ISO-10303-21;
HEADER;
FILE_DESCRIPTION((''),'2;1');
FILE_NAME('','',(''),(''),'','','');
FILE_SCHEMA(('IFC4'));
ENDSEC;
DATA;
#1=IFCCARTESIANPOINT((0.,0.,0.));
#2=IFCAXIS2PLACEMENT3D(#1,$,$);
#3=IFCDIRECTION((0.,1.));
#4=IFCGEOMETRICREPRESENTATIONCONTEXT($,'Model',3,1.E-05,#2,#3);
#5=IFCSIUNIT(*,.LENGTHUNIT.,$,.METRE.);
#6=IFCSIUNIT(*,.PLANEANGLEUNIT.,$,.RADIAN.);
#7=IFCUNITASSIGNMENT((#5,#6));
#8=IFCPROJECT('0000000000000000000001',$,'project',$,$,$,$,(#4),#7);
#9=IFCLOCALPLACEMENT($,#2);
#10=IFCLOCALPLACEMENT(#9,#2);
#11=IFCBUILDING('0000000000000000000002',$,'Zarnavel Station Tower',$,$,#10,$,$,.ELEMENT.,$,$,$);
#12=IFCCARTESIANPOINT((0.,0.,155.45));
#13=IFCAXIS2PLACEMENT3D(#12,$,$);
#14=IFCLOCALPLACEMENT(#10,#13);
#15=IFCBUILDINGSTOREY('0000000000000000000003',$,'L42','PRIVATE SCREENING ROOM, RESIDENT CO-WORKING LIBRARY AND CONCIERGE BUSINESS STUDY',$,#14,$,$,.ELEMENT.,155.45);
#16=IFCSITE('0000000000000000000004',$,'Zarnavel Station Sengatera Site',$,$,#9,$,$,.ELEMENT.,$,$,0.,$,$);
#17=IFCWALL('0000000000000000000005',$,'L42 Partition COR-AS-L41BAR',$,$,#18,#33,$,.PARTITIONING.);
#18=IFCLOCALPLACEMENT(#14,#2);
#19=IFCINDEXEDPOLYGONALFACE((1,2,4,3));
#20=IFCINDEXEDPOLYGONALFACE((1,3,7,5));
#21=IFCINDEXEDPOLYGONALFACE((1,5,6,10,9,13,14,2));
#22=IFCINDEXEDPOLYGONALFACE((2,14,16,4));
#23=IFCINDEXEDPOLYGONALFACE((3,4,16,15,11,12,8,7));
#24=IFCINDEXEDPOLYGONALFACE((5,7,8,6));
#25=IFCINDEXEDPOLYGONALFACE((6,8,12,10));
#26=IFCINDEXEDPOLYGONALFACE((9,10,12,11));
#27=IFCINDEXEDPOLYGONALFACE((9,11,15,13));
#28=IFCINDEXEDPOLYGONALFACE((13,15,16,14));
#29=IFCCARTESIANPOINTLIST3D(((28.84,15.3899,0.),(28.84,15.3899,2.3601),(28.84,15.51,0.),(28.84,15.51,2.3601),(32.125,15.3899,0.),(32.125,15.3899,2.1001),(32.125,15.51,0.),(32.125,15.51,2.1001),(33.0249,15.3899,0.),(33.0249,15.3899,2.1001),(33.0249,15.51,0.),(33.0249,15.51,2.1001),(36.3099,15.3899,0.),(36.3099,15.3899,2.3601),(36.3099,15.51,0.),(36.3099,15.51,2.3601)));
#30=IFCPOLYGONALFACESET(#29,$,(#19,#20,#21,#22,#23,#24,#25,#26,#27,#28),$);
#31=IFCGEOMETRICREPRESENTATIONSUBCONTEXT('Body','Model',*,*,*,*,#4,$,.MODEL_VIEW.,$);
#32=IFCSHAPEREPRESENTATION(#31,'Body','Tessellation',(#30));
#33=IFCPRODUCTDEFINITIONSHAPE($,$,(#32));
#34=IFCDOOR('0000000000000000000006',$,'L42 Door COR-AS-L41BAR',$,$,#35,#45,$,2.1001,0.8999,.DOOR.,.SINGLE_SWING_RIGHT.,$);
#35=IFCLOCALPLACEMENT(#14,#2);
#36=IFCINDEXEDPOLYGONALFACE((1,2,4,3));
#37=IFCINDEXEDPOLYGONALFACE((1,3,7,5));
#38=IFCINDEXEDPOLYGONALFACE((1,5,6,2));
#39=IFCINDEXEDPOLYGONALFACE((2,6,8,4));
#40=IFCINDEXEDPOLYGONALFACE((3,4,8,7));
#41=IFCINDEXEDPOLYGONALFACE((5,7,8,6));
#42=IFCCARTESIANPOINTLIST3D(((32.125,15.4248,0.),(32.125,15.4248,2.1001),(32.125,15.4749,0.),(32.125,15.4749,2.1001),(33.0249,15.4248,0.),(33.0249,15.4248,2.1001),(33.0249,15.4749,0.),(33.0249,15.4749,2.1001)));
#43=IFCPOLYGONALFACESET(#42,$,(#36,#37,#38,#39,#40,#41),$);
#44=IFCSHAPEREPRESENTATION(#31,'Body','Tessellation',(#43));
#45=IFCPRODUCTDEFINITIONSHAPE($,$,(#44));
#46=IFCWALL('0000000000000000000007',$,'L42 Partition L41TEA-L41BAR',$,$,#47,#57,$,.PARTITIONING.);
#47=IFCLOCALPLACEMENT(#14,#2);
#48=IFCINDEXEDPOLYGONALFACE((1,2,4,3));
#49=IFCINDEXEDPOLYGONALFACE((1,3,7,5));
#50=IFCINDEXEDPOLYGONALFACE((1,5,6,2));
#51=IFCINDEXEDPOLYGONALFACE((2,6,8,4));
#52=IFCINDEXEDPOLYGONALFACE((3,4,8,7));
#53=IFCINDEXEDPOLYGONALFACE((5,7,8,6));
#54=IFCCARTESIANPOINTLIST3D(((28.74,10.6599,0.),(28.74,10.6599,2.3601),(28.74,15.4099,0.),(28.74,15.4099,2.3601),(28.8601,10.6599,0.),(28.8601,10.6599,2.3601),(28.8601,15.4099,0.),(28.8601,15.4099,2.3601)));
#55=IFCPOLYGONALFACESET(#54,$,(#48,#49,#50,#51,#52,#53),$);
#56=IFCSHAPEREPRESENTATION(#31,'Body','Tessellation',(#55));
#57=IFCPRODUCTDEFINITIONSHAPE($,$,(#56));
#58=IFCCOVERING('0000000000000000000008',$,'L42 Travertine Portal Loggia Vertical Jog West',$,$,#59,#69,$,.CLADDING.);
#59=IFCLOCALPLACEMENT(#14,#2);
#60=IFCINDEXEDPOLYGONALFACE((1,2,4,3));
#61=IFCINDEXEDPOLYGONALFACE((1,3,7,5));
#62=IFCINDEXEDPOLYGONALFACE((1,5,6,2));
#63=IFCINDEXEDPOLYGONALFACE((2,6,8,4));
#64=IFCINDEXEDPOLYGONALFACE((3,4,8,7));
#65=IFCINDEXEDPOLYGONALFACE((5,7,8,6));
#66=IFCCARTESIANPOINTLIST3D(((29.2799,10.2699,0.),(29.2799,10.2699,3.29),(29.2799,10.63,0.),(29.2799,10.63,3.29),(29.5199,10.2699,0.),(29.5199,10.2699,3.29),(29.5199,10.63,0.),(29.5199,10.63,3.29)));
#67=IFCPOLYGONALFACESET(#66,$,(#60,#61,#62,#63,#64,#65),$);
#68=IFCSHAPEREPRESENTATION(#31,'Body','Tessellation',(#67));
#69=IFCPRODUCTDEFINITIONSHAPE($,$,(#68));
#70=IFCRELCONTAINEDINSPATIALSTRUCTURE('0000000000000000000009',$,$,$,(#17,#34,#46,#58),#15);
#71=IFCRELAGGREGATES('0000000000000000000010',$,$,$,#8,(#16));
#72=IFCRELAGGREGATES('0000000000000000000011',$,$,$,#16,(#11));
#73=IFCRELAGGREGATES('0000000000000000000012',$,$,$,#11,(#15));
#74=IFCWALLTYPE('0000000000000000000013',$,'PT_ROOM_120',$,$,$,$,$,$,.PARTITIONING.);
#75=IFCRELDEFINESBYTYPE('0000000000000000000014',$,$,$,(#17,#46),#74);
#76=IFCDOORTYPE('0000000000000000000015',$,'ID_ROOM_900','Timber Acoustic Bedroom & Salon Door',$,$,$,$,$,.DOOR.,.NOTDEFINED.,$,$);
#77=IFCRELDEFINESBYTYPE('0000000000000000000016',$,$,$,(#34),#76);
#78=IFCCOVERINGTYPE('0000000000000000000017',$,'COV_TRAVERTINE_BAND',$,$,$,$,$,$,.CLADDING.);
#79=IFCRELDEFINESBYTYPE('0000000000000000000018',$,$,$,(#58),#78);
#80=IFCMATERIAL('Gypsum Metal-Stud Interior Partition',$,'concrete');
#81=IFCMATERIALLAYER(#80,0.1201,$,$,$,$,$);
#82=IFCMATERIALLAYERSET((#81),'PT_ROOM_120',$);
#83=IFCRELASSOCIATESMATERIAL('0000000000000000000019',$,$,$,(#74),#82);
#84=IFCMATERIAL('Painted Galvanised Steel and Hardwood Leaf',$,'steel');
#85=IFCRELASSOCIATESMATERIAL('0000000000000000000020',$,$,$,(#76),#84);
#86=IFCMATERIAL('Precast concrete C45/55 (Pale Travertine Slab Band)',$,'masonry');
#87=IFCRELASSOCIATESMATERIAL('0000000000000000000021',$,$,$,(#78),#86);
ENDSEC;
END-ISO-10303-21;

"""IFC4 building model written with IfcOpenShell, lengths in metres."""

from ifc_helpers import new_model, si_unit, direction, frame, frame_2d, origin, origin_2d, place, context, subcontext, project, spatial, rectangle, extrude, material, layer, layer_set, type_object, element, fill, save


model = new_model("IFC4")

# Units and contexts
model_context = context("Model", 3, precision=1e-05, world=origin(), true_north=direction((0.0, 1.0)))
body_context = subcontext(model_context, "Body", "Model", "MODEL_VIEW")
ifc_project = project(units=[si_unit("LENGTHUNIT", "METRE"), si_unit("PLANEANGLEUNIT", "RADIAN")], contexts=[model_context])

# Site, building, storey
site_placement = place(None, origin())
site = spatial("IfcSite", under=ifc_project, at=site_placement, Name="Zarnavel Station Sengatera Site", CompositionType="ELEMENT", RefElevation=0.0)
building_placement = place(site_placement, origin())
building = spatial("IfcBuilding", under=site, at=building_placement, Name="Zarnavel Station Tower", CompositionType="ELEMENT")
storey_placement = place(building_placement, frame((0.0, 0.0, 155.45)))
storey = spatial("IfcBuildingStorey", under=building, at=storey_placement, Name="L42", Description="PRIVATE SCREENING ROOM, RESIDENT CO-WORKING LIBRARY AND CONCIERGE BUSINESS STUDY", CompositionType="ELEMENT", Elevation=155.45)

# Wall, opening, door
ifc_material_1 = material(Name="Gypsum Metal-Stud Interior Partition", Category="concrete")
ifc_layer_1 = layer(ifc_material_1, 0.1201)
ifc_layer_set_1 = layer_set([ifc_layer_1], Name="PT_ROOM_120")
wall_type = type_object("IfcWallType", Name="PT_ROOM_120", PredefinedType="PARTITIONING", material=ifc_layer_set_1)
wall_1_placement = place(storey_placement, frame((28.8401, 15.45, 0.0), z_axis=(0.0, 0.0, 1.0), x_axis=(1.0, 0.0, 0.0)))
wall_1 = element("IfcWall", 1, at=wall_1_placement, inside=storey, type_object=wall_type, Name="L42 Partition COR-AS-L41BAR", PredefinedType="PARTITIONING", context=body_context, shape_type="SweptSolid", body=[
    extrude(rectangle(XDim=7.47, YDim=0.1201, at=frame_2d((3.7349, 0.0))), origin(), (0.0, 0.0, 1.0), 2.3601),
])
opening_placement = place(wall_1_placement, frame((3.2849, 0.0, 0.0)))
opening = element("IfcOpeningElement", 2, at=opening_placement, cuts=wall_1, PredefinedType="OPENING", context=body_context, shape_type="SweptSolid", body=[
    extrude(rectangle(XDim=0.8999, YDim=2.1001, at=frame_2d((0.45, 1.05))), frame((0.0, 0.0701, 0.0), z_axis=(0.0, -1.0, 0.0), x_axis=(1.0, 0.0, 0.0)), (0.0, 0.0, 1.0), 0.1401),
])
ifc_material_2 = material(Name="Painted Galvanised Steel and Hardwood Leaf", Category="steel")
door_type = type_object("IfcDoorType", Name="ID_ROOM_900", Description="Timber Acoustic Bedroom & Salon Door", OperationType="NOTDEFINED", PredefinedType="DOOR", material=ifc_material_2)
door_placement = place(opening_placement, origin())
door = element("IfcDoor", 3, at=door_placement, inside=storey, type_object=door_type, Name="L42 Door COR-AS-L41BAR", OperationType="SINGLE_SWING_RIGHT", OverallHeight=2.1001, OverallWidth=0.8999, PredefinedType="DOOR", context=body_context, shape_type="SweptSolid", body=[
    extrude(rectangle(XDim=0.8999, YDim=2.1001, at=frame_2d((0.45, 1.05))), frame((0.0, 0.0249, 0.0), z_axis=(0.0, -1.0, 0.0), x_axis=(1.0, 0.0, 0.0)), (0.0, 0.0, 1.0), 0.05),
])
fill(opening, door)

# Wall
wall_2_placement = place(storey_placement, frame((28.8, 10.6599, 0.0), z_axis=(0.0, 0.0, 1.0), x_axis=(0.0, 1.0, 0.0)))
element("IfcWall", 4, at=wall_2_placement, inside=storey, type_object=wall_type, Name="L42 Partition L41TEA-L41BAR", PredefinedType="PARTITIONING", context=body_context, shape_type="SweptSolid", body=[
    extrude(rectangle(XDim=4.75, YDim=0.1201, at=frame_2d((2.375, 0.0))), origin(), (0.0, 0.0, 1.0), 2.3601),
])

# Covering
ifc_material_3 = material(Name="Precast concrete C45/55 (Pale Travertine Slab Band)", Category="masonry")
covering_type = type_object("IfcCoveringType", Name="COV_TRAVERTINE_BAND", PredefinedType="CLADDING", material=ifc_material_3)
covering_placement = place(storey_placement, frame((29.3999, 10.45, 0.0), z_axis=(0.0, 0.0, 1.0), x_axis=(1.0, 0.0, 0.0)))
element("IfcCovering", 5, at=covering_placement, inside=storey, type_object=covering_type, Name="L42 Travertine Portal Loggia Vertical Jog West", PredefinedType="CLADDING", context=body_context, shape_type="SweptSolid", body=[
    extrude(rectangle(XDim=0.24, YDim=0.3601, at=origin_2d()), origin(), (0.0, 0.0, 1.0), 3.29),
])

save(model, "model.ifc")
